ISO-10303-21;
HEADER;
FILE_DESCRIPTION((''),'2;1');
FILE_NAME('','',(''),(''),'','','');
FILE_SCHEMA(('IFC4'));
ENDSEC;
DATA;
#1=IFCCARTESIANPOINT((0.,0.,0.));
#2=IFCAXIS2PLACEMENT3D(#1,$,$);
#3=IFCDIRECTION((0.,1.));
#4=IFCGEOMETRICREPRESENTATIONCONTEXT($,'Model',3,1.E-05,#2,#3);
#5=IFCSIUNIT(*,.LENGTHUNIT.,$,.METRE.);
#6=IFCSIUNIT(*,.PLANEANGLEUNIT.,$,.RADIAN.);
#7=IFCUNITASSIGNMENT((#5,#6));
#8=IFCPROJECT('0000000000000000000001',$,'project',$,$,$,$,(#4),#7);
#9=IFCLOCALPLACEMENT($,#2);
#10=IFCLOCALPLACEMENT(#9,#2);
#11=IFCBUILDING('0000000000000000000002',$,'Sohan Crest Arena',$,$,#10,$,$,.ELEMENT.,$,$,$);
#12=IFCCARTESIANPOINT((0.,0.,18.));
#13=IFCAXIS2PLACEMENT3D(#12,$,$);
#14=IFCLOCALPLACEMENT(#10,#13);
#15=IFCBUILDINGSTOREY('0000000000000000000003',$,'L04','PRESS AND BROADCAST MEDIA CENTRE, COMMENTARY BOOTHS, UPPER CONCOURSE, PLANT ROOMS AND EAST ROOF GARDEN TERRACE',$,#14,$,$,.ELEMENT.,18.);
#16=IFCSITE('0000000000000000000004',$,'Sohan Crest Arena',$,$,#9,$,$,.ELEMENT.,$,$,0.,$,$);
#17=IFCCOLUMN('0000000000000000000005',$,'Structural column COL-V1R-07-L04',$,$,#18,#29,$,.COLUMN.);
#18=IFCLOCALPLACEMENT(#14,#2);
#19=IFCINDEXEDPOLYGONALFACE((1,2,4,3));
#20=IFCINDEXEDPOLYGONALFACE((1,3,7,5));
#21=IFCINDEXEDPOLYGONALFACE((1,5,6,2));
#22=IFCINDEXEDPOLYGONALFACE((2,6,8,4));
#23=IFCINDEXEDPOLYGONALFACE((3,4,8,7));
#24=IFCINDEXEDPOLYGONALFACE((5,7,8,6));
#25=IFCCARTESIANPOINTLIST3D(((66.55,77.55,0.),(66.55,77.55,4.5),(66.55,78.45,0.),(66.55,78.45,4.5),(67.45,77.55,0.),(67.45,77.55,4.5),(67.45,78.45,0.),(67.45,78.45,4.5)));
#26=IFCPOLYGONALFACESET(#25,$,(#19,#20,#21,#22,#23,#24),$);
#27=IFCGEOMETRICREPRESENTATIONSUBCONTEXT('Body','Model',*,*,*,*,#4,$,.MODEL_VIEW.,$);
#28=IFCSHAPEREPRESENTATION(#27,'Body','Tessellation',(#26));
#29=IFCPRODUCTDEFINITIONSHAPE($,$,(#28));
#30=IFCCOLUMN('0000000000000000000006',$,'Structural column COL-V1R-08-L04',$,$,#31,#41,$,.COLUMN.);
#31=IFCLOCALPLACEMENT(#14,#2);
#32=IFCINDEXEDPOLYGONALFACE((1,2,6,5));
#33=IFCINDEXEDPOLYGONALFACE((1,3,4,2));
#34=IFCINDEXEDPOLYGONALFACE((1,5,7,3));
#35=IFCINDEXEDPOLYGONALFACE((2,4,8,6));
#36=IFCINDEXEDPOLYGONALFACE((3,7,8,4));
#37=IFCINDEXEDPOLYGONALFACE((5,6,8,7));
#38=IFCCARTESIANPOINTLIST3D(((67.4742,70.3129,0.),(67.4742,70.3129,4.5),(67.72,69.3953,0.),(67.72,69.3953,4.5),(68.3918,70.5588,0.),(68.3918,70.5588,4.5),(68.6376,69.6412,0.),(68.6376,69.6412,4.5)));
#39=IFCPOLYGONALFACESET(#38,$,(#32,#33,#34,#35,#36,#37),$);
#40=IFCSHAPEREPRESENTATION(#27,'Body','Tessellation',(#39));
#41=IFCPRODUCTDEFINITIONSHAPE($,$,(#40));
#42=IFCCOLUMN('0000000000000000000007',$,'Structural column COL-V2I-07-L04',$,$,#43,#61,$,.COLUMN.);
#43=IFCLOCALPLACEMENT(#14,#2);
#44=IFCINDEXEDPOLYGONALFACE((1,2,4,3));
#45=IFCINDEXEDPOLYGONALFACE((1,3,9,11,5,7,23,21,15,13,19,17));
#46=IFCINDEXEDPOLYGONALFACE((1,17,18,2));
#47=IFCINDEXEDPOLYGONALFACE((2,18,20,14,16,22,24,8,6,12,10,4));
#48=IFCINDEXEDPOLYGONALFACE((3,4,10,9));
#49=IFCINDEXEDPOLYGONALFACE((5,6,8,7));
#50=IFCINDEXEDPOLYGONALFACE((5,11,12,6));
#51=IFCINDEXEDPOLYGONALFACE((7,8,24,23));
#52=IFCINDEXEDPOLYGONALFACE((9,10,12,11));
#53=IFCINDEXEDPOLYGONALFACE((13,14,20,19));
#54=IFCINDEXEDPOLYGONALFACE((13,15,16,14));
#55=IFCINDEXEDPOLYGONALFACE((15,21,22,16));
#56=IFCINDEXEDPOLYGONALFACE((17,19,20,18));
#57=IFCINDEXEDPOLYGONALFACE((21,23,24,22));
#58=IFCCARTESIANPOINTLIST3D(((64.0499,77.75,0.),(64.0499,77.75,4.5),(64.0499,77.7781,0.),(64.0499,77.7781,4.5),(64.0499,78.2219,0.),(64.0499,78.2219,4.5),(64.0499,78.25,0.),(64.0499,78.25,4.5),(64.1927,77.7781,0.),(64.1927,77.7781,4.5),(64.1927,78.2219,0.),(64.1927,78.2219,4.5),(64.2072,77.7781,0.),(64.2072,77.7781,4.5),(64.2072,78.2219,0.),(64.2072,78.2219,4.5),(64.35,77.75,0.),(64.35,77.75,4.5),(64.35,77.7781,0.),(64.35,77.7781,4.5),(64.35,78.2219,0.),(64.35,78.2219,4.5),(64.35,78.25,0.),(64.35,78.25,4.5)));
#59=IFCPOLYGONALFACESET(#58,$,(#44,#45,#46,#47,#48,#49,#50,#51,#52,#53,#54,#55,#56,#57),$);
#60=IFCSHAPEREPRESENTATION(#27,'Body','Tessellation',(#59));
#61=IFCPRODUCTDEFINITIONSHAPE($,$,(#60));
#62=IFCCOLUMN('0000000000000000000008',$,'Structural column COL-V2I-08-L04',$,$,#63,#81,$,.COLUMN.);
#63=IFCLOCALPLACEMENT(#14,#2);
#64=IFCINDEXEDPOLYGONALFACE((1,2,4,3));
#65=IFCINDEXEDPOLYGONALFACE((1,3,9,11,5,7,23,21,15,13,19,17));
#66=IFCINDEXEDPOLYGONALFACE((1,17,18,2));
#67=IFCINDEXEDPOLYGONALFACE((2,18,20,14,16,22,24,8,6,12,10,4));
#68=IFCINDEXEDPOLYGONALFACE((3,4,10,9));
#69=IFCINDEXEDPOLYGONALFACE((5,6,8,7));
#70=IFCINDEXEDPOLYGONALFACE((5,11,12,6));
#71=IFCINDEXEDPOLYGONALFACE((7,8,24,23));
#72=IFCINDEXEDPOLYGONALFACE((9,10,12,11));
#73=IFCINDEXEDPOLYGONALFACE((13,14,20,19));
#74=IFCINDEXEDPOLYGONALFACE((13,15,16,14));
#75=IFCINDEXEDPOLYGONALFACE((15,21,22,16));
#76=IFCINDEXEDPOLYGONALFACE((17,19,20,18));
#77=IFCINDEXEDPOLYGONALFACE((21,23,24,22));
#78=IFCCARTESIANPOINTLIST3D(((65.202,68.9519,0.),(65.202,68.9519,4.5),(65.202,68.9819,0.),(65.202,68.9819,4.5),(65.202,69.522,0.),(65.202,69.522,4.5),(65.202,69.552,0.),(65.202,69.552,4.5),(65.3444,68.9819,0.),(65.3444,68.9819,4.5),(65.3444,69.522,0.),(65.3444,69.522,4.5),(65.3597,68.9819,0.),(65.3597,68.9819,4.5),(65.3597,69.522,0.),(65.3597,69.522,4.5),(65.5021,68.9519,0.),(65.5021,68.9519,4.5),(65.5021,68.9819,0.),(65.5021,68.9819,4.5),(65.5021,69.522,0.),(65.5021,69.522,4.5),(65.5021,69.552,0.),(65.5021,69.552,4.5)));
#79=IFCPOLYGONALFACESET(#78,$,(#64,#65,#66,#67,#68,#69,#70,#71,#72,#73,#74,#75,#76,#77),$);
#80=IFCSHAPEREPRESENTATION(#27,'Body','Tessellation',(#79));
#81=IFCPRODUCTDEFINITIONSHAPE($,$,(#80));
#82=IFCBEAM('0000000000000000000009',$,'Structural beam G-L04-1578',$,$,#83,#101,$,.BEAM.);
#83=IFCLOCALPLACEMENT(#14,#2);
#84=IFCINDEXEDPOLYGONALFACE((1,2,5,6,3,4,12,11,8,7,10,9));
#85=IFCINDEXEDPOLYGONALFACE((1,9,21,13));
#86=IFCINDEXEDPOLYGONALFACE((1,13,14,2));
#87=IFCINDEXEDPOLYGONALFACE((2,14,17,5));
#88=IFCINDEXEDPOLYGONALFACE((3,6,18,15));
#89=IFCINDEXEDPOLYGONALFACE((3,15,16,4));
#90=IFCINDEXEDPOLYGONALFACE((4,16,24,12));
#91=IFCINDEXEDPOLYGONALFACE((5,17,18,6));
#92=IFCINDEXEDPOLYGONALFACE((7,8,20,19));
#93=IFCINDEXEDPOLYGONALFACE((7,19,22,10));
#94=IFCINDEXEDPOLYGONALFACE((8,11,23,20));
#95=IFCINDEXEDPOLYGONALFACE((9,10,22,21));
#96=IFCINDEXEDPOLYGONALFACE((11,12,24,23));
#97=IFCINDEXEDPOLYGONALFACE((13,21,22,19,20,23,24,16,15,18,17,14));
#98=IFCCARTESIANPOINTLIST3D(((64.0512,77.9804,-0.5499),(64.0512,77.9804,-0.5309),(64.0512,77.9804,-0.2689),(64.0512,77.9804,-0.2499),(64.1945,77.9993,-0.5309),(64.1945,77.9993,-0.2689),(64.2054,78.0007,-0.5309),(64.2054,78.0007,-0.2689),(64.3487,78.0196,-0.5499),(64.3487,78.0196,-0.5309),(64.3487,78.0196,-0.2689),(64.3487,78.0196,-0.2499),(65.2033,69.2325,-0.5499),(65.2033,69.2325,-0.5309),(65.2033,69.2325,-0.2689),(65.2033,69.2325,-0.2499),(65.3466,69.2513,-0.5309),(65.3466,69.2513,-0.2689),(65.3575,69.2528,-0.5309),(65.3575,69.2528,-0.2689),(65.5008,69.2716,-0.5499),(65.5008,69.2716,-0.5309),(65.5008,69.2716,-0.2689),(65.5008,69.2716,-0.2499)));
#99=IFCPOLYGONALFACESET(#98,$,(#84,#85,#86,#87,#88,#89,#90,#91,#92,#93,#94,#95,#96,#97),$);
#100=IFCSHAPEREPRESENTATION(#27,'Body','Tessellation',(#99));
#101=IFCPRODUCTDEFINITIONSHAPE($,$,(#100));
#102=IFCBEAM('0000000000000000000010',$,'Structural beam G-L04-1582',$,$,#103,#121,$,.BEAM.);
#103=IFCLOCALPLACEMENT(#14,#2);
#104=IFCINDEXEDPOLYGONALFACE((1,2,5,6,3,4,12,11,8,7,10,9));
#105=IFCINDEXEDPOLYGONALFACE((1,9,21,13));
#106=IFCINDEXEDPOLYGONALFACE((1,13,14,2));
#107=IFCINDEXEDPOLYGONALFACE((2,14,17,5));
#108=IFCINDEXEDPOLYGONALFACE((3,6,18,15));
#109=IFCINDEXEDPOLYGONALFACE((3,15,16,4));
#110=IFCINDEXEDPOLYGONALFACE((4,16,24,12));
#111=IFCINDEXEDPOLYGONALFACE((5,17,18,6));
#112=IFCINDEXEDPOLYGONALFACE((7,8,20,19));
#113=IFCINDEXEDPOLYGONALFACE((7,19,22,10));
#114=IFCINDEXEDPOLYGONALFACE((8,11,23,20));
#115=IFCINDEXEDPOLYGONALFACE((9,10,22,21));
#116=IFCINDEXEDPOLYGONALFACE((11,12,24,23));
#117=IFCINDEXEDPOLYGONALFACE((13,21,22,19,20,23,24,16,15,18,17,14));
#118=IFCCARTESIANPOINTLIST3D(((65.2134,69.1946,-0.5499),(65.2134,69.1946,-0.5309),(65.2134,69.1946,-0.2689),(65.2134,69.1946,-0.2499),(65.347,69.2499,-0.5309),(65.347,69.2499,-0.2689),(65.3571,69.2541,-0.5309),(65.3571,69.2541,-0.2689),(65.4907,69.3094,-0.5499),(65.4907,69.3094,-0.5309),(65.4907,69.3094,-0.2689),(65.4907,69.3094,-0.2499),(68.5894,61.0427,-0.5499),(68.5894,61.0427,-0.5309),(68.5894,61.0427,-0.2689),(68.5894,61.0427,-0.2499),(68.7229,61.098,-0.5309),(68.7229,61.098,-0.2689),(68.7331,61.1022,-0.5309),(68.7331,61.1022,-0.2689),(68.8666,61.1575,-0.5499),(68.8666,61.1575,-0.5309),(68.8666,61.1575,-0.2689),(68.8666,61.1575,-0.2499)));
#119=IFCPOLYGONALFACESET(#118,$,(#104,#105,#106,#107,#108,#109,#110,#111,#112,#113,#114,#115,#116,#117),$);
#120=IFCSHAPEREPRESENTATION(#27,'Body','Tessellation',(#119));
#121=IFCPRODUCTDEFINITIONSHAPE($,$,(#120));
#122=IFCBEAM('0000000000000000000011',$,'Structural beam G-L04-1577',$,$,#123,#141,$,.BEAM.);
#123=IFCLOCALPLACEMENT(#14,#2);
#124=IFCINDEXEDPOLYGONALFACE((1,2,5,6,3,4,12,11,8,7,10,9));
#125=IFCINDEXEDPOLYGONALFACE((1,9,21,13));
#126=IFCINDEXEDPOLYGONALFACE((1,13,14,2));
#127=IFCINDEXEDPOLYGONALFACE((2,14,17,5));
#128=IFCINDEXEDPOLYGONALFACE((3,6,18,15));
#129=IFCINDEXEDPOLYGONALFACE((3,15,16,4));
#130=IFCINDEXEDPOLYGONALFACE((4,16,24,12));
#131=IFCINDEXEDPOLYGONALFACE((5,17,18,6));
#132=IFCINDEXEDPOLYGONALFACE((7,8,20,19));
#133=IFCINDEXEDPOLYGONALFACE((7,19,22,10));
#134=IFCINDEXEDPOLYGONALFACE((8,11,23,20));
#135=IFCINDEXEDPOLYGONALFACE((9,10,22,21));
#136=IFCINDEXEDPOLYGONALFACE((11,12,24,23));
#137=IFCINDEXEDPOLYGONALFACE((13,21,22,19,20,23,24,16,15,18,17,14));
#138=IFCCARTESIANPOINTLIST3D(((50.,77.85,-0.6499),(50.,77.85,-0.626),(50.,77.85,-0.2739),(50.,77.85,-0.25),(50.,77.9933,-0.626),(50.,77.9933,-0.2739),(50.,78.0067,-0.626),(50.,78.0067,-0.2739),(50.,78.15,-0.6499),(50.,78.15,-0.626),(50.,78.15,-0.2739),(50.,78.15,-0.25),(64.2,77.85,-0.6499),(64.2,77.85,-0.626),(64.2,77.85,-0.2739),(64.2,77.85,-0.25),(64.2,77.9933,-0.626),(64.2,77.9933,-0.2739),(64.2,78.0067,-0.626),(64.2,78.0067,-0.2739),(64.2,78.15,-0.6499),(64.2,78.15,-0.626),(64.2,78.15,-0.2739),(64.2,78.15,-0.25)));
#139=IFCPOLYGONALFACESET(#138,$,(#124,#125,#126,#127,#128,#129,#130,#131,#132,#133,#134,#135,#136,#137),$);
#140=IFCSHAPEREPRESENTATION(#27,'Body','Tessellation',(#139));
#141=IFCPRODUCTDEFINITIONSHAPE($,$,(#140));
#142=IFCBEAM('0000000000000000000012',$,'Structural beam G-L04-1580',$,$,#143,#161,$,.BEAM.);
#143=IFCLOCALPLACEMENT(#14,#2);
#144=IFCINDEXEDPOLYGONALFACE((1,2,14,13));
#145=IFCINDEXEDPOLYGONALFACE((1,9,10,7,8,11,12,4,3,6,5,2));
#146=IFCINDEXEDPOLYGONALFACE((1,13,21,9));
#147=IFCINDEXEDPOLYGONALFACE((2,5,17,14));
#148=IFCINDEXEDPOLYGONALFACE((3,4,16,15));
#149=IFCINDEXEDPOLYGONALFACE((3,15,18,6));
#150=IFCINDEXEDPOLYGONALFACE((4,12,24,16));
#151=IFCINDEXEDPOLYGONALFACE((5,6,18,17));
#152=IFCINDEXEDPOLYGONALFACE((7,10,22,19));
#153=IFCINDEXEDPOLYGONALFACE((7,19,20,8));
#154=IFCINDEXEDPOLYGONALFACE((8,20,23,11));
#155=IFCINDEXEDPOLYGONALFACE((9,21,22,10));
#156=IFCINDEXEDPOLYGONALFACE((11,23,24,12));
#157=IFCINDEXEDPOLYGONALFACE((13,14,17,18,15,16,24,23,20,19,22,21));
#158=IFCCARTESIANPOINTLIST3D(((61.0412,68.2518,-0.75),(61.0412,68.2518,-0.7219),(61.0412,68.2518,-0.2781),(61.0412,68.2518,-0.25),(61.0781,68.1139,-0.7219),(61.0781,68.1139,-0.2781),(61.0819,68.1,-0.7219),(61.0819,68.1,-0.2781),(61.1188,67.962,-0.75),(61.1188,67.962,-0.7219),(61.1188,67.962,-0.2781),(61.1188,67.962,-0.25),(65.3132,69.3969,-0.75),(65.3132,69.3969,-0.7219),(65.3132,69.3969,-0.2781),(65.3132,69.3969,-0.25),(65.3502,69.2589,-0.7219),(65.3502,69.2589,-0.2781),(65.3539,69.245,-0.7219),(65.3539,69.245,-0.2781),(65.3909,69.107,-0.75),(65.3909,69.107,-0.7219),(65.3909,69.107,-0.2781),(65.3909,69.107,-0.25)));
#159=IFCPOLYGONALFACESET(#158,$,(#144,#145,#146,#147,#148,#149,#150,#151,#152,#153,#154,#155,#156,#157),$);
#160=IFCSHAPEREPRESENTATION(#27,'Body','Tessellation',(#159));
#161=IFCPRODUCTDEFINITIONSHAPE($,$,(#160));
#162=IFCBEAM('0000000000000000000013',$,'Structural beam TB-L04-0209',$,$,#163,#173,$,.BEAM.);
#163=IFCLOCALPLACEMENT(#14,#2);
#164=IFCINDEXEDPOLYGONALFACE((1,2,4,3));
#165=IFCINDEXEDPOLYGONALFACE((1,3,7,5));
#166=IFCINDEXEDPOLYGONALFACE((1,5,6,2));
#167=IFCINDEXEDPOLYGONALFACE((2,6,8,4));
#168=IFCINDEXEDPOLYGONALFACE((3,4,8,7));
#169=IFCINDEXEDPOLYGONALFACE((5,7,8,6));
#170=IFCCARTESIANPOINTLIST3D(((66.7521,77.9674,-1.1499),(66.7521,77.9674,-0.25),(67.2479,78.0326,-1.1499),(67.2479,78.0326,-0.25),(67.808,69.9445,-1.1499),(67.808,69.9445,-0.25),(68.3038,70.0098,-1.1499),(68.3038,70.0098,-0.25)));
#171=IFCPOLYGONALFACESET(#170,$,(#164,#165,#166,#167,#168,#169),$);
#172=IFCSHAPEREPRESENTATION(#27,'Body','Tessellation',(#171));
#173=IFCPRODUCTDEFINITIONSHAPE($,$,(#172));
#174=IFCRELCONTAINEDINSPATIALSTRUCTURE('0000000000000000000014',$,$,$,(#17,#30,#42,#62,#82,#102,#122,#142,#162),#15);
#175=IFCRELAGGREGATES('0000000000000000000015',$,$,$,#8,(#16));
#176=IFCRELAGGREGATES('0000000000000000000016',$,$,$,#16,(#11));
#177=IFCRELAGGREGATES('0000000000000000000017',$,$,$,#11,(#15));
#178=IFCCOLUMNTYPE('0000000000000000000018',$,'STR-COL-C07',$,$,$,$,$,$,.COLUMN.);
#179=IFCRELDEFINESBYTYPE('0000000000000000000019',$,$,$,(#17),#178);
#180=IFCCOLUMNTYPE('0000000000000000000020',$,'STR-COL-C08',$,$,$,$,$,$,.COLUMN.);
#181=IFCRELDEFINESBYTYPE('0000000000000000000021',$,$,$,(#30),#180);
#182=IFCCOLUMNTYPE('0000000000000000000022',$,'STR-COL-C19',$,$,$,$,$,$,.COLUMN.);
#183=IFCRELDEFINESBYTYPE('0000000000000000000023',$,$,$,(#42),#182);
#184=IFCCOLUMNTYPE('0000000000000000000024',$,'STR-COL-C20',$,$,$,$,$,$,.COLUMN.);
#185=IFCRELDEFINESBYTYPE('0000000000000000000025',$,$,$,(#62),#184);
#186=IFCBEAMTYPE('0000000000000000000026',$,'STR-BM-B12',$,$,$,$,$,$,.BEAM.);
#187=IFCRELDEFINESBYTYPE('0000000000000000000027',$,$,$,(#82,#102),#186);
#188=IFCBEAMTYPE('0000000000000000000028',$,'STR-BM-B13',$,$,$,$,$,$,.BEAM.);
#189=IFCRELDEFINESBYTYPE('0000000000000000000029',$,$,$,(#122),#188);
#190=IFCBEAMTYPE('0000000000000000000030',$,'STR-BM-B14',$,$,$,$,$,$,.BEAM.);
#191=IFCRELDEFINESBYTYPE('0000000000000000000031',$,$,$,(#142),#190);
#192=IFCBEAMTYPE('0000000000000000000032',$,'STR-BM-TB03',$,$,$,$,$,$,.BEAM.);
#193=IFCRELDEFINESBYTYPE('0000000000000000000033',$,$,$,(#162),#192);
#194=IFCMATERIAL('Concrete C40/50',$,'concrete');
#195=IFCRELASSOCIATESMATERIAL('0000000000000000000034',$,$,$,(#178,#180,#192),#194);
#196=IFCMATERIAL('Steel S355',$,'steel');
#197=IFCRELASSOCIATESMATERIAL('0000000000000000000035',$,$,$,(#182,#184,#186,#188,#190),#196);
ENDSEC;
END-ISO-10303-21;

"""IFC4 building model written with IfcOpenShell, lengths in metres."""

from ifc_helpers import new_model, si_unit, direction, frame, origin, origin_2d, place, context, subcontext, project, spatial, rectangle, i_section, extrude, material, material_profile, profile_set, type_object, element, save


model = new_model("IFC4")

# Units and contexts
model_context = context("Model", 3, precision=1e-05, world=origin(), true_north=direction((0.0, 1.0)))
body_context = subcontext(model_context, "Body", "Model", "MODEL_VIEW")
ifc_project = project(units=[si_unit("LENGTHUNIT", "METRE"), si_unit("PLANEANGLEUNIT", "RADIAN")], contexts=[model_context])

# Site, building, storey
site_placement = place(None, origin())
site = spatial("IfcSite", under=ifc_project, at=site_placement, Name="Sohan Crest Arena", CompositionType="ELEMENT", RefElevation=0.0)
building_placement = place(site_placement, origin())
building = spatial("IfcBuilding", under=site, at=building_placement, Name="Sohan Crest Arena", CompositionType="ELEMENT")
storey_placement = place(building_placement, frame((0.0, 0.0, 18.0)))
storey = spatial("IfcBuildingStorey", under=building, at=storey_placement, Name="L04", Description="PRESS AND BROADCAST MEDIA CENTRE, COMMENTARY BOOTHS, UPPER CONCOURSE, PLANT ROOMS AND EAST ROOF GARDEN TERRACE", CompositionType="ELEMENT", Elevation=18.0)

# Columns
ifc_material_1 = material(Name="Concrete C40/50", Category="concrete")
ifc_material_profile_1 = material_profile(ifc_material_1, rectangle(XDim=0.8999, YDim=0.8999, at=origin_2d()), Name="RC 900x900")
ifc_profile_set_1 = profile_set([ifc_material_profile_1], Name="Concrete C40/50")
column_type_1 = type_object("IfcColumnType", Name="STR-COL-C07", PredefinedType="COLUMN", material=ifc_profile_set_1)
column_1_placement = place(storey_placement, frame((67.0, 78.0, 0.0), z_axis=(0.0, 0.0, 1.0), x_axis=(1.0, 0.0, 0.0)))
element("IfcColumn", 1, at=column_1_placement, inside=storey, type_object=column_type_1, Name="Structural column COL-V1R-07-L04", PredefinedType="COLUMN", context=body_context, shape_type="SweptSolid", body=[
    extrude(rectangle(XDim=0.8999, YDim=0.8999, at=origin_2d()), origin(), (0.0, 0.0, 1.0), 4.5),
])
ifc_material_profile_2 = material_profile(ifc_material_1, rectangle(XDim=0.95, YDim=0.95, at=origin_2d()), Name="RC 950x950")
ifc_profile_set_2 = profile_set([ifc_material_profile_2], Name="Concrete C40/50")
column_type_2 = type_object("IfcColumnType", Name="STR-COL-C08", PredefinedType="COLUMN", material=ifc_profile_set_2)
column_2_placement = place(storey_placement, frame((68.0559, 69.9771, 0.0), z_axis=(0.0, 0.0, 1.0), x_axis=(0.965926, 0.258819, 0.0)))
element("IfcColumn", 2, at=column_2_placement, inside=storey, type_object=column_type_2, Name="Structural column COL-V1R-08-L04", PredefinedType="COLUMN", context=body_context, shape_type="SweptSolid", body=[
    extrude(rectangle(XDim=0.95, YDim=0.95, at=origin_2d()), origin(), (0.0, 0.0, 1.0), 4.5),
])
ifc_material_2 = material(Name="Steel S355", Category="steel")
ifc_material_profile_3 = material_profile(ifc_material_2, i_section(OverallWidth=0.3, OverallDepth=0.5, WebThickness=0.0144, FlangeThickness=0.0281, at=origin_2d()), Name="HEB 500")
ifc_profile_set_3 = profile_set([ifc_material_profile_3], Name="Steel S355")
column_type_3 = type_object("IfcColumnType", Name="STR-COL-C19", PredefinedType="COLUMN", material=ifc_profile_set_3)
column_3_placement = place(storey_placement, frame((64.2, 78.0, 0.0), z_axis=(0.0, 0.0, 1.0), x_axis=(1.0, 0.0, 0.0)))
element("IfcColumn", 3, at=column_3_placement, inside=storey, type_object=column_type_3, Name="Structural column COL-V2I-07-L04", PredefinedType="COLUMN", context=body_context, shape_type="SweptSolid", body=[
    extrude(i_section(OverallWidth=0.3, OverallDepth=0.5, WebThickness=0.0144, FlangeThickness=0.0281, at=origin_2d()), origin(), (0.0, 0.0, 1.0), 4.5),
])
ifc_material_profile_4 = material_profile(ifc_material_2, i_section(OverallWidth=0.3, OverallDepth=0.6001, WebThickness=0.0154, FlangeThickness=0.03, at=origin_2d()), Name="HEB 600")
ifc_profile_set_4 = profile_set([ifc_material_profile_4], Name="Steel S355")
column_type_4 = type_object("IfcColumnType", Name="STR-COL-C20", PredefinedType="COLUMN", material=ifc_profile_set_4)
column_4_placement = place(storey_placement, frame((65.3521, 69.252, 0.0), z_axis=(0.0, 0.0, 1.0), x_axis=(1.0, 0.0, 0.0)))
element("IfcColumn", 4, at=column_4_placement, inside=storey, type_object=column_type_4, Name="Structural column COL-V2I-08-L04", PredefinedType="COLUMN", context=body_context, shape_type="SweptSolid", body=[
    extrude(i_section(OverallWidth=0.3, OverallDepth=0.6001, WebThickness=0.0154, FlangeThickness=0.03, at=origin_2d()), origin(), (0.0, 0.0, 1.0), 4.5),
])

# Beams
ifc_material_profile_5 = material_profile(ifc_material_2, i_section(OverallWidth=0.3, OverallDepth=0.3, WebThickness=0.011, FlangeThickness=0.019, at=origin_2d()), Name="HEB 300")
ifc_profile_set_5 = profile_set([ifc_material_profile_5], Name="Steel S355")
beam_type_1 = type_object("IfcBeamType", Name="STR-BM-B12", PredefinedType="BEAM", material=ifc_profile_set_5)
beam_1_placement = place(storey_placement, frame((64.2, 78.0, -0.3999), z_axis=(0.13057, -0.991439, 0.0), x_axis=(0.991439, 0.13057, 0.0)))
element("IfcBeam", 5, at=beam_1_placement, inside=storey, type_object=beam_type_1, Name="Structural beam G-L04-1578", PredefinedType="BEAM", context=body_context, shape_type="SweptSolid", body=[
    extrude(i_section(OverallWidth=0.3, OverallDepth=0.3, WebThickness=0.011, FlangeThickness=0.019, at=origin_2d()), origin(), (0.0, 0.0, 1.0), 8.8235),
])
beam_2_placement = place(storey_placement, frame((65.3521, 69.252, -0.3999), z_axis=(0.382622, -0.923905, 0.0), x_axis=(0.923905, 0.382622, 0.0)))
element("IfcBeam", 6, at=beam_2_placement, inside=storey, type_object=beam_type_1, Name="Structural beam G-L04-1582", PredefinedType="BEAM", context=body_context, shape_type="SweptSolid", body=[
    extrude(i_section(OverallWidth=0.3, OverallDepth=0.3, WebThickness=0.011, FlangeThickness=0.019, at=origin_2d()), origin(), (0.0, 0.0, 1.0), 8.8232),
])
ifc_material_profile_6 = material_profile(ifc_material_2, i_section(OverallWidth=0.3, OverallDepth=0.3999, WebThickness=0.0134, FlangeThickness=0.0239, at=origin_2d()), Name="HEB 400")
ifc_profile_set_6 = profile_set([ifc_material_profile_6], Name="Steel S355")
beam_type_2 = type_object("IfcBeamType", Name="STR-BM-B13", PredefinedType="BEAM", material=ifc_profile_set_6)
beam_3_placement = place(storey_placement, frame((64.2, 78.0, -0.45), z_axis=(-1.0, 0.0, 0.0), x_axis=(0.0, -1.0, 0.0)))
element("IfcBeam", 7, at=beam_3_placement, inside=storey, type_object=beam_type_2, Name="Structural beam G-L04-1577", PredefinedType="BEAM", context=body_context, shape_type="SweptSolid", body=[
    extrude(i_section(OverallWidth=0.3, OverallDepth=0.3999, WebThickness=0.0134, FlangeThickness=0.0239, at=origin_2d()), origin(), (0.0, 0.0, 1.0), 14.2),
])
ifc_material_profile_7 = material_profile(ifc_material_2, i_section(OverallWidth=0.3, OverallDepth=0.5, WebThickness=0.0144, FlangeThickness=0.0281, at=origin_2d()), Name="HEB 500")
ifc_profile_set_7 = profile_set([ifc_material_profile_7], Name="Steel S355")
beam_type_3 = type_object("IfcBeamType", Name="STR-BM-B14", PredefinedType="BEAM", material=ifc_profile_set_7)
beam_4_placement = place(storey_placement, frame((65.3521, 69.252, -0.5), z_axis=(-0.965906, -0.258892, 0.0), x_axis=(0.258892, -0.965906, 0.0)))
element("IfcBeam", 8, at=beam_4_placement, inside=storey, type_object=beam_type_3, Name="Structural beam G-L04-1580", PredefinedType="BEAM", context=body_context, shape_type="SweptSolid", body=[
    extrude(i_section(OverallWidth=0.3, OverallDepth=0.5, WebThickness=0.0144, FlangeThickness=0.0281, at=origin_2d()), origin(), (0.0, 0.0, 1.0), 4.4229),
])
ifc_material_profile_8 = material_profile(ifc_material_1, rectangle(XDim=0.5, YDim=0.8999, at=origin_2d()), Name="RC-BM 500x900")
ifc_profile_set_8 = profile_set([ifc_material_profile_8], Name="Concrete C40/50")
beam_type_4 = type_object("IfcBeamType", Name="STR-BM-TB03", PredefinedType="BEAM", material=ifc_profile_set_8)
beam_5_placement = place(storey_placement, frame((67.0, 78.0, -0.7), z_axis=(0.130486, -0.99145, 0.0), x_axis=(0.99145, 0.130486, 0.0)))
element("IfcBeam", 9, at=beam_5_placement, inside=storey, type_object=beam_type_4, Name="Structural beam TB-L04-0209", PredefinedType="BEAM", context=body_context, shape_type="SweptSolid", body=[
    extrude(rectangle(XDim=0.5, YDim=0.8999, at=origin_2d()), origin(), (0.0, 0.0, 1.0), 8.092),
])

save(model, "model.ifc")
